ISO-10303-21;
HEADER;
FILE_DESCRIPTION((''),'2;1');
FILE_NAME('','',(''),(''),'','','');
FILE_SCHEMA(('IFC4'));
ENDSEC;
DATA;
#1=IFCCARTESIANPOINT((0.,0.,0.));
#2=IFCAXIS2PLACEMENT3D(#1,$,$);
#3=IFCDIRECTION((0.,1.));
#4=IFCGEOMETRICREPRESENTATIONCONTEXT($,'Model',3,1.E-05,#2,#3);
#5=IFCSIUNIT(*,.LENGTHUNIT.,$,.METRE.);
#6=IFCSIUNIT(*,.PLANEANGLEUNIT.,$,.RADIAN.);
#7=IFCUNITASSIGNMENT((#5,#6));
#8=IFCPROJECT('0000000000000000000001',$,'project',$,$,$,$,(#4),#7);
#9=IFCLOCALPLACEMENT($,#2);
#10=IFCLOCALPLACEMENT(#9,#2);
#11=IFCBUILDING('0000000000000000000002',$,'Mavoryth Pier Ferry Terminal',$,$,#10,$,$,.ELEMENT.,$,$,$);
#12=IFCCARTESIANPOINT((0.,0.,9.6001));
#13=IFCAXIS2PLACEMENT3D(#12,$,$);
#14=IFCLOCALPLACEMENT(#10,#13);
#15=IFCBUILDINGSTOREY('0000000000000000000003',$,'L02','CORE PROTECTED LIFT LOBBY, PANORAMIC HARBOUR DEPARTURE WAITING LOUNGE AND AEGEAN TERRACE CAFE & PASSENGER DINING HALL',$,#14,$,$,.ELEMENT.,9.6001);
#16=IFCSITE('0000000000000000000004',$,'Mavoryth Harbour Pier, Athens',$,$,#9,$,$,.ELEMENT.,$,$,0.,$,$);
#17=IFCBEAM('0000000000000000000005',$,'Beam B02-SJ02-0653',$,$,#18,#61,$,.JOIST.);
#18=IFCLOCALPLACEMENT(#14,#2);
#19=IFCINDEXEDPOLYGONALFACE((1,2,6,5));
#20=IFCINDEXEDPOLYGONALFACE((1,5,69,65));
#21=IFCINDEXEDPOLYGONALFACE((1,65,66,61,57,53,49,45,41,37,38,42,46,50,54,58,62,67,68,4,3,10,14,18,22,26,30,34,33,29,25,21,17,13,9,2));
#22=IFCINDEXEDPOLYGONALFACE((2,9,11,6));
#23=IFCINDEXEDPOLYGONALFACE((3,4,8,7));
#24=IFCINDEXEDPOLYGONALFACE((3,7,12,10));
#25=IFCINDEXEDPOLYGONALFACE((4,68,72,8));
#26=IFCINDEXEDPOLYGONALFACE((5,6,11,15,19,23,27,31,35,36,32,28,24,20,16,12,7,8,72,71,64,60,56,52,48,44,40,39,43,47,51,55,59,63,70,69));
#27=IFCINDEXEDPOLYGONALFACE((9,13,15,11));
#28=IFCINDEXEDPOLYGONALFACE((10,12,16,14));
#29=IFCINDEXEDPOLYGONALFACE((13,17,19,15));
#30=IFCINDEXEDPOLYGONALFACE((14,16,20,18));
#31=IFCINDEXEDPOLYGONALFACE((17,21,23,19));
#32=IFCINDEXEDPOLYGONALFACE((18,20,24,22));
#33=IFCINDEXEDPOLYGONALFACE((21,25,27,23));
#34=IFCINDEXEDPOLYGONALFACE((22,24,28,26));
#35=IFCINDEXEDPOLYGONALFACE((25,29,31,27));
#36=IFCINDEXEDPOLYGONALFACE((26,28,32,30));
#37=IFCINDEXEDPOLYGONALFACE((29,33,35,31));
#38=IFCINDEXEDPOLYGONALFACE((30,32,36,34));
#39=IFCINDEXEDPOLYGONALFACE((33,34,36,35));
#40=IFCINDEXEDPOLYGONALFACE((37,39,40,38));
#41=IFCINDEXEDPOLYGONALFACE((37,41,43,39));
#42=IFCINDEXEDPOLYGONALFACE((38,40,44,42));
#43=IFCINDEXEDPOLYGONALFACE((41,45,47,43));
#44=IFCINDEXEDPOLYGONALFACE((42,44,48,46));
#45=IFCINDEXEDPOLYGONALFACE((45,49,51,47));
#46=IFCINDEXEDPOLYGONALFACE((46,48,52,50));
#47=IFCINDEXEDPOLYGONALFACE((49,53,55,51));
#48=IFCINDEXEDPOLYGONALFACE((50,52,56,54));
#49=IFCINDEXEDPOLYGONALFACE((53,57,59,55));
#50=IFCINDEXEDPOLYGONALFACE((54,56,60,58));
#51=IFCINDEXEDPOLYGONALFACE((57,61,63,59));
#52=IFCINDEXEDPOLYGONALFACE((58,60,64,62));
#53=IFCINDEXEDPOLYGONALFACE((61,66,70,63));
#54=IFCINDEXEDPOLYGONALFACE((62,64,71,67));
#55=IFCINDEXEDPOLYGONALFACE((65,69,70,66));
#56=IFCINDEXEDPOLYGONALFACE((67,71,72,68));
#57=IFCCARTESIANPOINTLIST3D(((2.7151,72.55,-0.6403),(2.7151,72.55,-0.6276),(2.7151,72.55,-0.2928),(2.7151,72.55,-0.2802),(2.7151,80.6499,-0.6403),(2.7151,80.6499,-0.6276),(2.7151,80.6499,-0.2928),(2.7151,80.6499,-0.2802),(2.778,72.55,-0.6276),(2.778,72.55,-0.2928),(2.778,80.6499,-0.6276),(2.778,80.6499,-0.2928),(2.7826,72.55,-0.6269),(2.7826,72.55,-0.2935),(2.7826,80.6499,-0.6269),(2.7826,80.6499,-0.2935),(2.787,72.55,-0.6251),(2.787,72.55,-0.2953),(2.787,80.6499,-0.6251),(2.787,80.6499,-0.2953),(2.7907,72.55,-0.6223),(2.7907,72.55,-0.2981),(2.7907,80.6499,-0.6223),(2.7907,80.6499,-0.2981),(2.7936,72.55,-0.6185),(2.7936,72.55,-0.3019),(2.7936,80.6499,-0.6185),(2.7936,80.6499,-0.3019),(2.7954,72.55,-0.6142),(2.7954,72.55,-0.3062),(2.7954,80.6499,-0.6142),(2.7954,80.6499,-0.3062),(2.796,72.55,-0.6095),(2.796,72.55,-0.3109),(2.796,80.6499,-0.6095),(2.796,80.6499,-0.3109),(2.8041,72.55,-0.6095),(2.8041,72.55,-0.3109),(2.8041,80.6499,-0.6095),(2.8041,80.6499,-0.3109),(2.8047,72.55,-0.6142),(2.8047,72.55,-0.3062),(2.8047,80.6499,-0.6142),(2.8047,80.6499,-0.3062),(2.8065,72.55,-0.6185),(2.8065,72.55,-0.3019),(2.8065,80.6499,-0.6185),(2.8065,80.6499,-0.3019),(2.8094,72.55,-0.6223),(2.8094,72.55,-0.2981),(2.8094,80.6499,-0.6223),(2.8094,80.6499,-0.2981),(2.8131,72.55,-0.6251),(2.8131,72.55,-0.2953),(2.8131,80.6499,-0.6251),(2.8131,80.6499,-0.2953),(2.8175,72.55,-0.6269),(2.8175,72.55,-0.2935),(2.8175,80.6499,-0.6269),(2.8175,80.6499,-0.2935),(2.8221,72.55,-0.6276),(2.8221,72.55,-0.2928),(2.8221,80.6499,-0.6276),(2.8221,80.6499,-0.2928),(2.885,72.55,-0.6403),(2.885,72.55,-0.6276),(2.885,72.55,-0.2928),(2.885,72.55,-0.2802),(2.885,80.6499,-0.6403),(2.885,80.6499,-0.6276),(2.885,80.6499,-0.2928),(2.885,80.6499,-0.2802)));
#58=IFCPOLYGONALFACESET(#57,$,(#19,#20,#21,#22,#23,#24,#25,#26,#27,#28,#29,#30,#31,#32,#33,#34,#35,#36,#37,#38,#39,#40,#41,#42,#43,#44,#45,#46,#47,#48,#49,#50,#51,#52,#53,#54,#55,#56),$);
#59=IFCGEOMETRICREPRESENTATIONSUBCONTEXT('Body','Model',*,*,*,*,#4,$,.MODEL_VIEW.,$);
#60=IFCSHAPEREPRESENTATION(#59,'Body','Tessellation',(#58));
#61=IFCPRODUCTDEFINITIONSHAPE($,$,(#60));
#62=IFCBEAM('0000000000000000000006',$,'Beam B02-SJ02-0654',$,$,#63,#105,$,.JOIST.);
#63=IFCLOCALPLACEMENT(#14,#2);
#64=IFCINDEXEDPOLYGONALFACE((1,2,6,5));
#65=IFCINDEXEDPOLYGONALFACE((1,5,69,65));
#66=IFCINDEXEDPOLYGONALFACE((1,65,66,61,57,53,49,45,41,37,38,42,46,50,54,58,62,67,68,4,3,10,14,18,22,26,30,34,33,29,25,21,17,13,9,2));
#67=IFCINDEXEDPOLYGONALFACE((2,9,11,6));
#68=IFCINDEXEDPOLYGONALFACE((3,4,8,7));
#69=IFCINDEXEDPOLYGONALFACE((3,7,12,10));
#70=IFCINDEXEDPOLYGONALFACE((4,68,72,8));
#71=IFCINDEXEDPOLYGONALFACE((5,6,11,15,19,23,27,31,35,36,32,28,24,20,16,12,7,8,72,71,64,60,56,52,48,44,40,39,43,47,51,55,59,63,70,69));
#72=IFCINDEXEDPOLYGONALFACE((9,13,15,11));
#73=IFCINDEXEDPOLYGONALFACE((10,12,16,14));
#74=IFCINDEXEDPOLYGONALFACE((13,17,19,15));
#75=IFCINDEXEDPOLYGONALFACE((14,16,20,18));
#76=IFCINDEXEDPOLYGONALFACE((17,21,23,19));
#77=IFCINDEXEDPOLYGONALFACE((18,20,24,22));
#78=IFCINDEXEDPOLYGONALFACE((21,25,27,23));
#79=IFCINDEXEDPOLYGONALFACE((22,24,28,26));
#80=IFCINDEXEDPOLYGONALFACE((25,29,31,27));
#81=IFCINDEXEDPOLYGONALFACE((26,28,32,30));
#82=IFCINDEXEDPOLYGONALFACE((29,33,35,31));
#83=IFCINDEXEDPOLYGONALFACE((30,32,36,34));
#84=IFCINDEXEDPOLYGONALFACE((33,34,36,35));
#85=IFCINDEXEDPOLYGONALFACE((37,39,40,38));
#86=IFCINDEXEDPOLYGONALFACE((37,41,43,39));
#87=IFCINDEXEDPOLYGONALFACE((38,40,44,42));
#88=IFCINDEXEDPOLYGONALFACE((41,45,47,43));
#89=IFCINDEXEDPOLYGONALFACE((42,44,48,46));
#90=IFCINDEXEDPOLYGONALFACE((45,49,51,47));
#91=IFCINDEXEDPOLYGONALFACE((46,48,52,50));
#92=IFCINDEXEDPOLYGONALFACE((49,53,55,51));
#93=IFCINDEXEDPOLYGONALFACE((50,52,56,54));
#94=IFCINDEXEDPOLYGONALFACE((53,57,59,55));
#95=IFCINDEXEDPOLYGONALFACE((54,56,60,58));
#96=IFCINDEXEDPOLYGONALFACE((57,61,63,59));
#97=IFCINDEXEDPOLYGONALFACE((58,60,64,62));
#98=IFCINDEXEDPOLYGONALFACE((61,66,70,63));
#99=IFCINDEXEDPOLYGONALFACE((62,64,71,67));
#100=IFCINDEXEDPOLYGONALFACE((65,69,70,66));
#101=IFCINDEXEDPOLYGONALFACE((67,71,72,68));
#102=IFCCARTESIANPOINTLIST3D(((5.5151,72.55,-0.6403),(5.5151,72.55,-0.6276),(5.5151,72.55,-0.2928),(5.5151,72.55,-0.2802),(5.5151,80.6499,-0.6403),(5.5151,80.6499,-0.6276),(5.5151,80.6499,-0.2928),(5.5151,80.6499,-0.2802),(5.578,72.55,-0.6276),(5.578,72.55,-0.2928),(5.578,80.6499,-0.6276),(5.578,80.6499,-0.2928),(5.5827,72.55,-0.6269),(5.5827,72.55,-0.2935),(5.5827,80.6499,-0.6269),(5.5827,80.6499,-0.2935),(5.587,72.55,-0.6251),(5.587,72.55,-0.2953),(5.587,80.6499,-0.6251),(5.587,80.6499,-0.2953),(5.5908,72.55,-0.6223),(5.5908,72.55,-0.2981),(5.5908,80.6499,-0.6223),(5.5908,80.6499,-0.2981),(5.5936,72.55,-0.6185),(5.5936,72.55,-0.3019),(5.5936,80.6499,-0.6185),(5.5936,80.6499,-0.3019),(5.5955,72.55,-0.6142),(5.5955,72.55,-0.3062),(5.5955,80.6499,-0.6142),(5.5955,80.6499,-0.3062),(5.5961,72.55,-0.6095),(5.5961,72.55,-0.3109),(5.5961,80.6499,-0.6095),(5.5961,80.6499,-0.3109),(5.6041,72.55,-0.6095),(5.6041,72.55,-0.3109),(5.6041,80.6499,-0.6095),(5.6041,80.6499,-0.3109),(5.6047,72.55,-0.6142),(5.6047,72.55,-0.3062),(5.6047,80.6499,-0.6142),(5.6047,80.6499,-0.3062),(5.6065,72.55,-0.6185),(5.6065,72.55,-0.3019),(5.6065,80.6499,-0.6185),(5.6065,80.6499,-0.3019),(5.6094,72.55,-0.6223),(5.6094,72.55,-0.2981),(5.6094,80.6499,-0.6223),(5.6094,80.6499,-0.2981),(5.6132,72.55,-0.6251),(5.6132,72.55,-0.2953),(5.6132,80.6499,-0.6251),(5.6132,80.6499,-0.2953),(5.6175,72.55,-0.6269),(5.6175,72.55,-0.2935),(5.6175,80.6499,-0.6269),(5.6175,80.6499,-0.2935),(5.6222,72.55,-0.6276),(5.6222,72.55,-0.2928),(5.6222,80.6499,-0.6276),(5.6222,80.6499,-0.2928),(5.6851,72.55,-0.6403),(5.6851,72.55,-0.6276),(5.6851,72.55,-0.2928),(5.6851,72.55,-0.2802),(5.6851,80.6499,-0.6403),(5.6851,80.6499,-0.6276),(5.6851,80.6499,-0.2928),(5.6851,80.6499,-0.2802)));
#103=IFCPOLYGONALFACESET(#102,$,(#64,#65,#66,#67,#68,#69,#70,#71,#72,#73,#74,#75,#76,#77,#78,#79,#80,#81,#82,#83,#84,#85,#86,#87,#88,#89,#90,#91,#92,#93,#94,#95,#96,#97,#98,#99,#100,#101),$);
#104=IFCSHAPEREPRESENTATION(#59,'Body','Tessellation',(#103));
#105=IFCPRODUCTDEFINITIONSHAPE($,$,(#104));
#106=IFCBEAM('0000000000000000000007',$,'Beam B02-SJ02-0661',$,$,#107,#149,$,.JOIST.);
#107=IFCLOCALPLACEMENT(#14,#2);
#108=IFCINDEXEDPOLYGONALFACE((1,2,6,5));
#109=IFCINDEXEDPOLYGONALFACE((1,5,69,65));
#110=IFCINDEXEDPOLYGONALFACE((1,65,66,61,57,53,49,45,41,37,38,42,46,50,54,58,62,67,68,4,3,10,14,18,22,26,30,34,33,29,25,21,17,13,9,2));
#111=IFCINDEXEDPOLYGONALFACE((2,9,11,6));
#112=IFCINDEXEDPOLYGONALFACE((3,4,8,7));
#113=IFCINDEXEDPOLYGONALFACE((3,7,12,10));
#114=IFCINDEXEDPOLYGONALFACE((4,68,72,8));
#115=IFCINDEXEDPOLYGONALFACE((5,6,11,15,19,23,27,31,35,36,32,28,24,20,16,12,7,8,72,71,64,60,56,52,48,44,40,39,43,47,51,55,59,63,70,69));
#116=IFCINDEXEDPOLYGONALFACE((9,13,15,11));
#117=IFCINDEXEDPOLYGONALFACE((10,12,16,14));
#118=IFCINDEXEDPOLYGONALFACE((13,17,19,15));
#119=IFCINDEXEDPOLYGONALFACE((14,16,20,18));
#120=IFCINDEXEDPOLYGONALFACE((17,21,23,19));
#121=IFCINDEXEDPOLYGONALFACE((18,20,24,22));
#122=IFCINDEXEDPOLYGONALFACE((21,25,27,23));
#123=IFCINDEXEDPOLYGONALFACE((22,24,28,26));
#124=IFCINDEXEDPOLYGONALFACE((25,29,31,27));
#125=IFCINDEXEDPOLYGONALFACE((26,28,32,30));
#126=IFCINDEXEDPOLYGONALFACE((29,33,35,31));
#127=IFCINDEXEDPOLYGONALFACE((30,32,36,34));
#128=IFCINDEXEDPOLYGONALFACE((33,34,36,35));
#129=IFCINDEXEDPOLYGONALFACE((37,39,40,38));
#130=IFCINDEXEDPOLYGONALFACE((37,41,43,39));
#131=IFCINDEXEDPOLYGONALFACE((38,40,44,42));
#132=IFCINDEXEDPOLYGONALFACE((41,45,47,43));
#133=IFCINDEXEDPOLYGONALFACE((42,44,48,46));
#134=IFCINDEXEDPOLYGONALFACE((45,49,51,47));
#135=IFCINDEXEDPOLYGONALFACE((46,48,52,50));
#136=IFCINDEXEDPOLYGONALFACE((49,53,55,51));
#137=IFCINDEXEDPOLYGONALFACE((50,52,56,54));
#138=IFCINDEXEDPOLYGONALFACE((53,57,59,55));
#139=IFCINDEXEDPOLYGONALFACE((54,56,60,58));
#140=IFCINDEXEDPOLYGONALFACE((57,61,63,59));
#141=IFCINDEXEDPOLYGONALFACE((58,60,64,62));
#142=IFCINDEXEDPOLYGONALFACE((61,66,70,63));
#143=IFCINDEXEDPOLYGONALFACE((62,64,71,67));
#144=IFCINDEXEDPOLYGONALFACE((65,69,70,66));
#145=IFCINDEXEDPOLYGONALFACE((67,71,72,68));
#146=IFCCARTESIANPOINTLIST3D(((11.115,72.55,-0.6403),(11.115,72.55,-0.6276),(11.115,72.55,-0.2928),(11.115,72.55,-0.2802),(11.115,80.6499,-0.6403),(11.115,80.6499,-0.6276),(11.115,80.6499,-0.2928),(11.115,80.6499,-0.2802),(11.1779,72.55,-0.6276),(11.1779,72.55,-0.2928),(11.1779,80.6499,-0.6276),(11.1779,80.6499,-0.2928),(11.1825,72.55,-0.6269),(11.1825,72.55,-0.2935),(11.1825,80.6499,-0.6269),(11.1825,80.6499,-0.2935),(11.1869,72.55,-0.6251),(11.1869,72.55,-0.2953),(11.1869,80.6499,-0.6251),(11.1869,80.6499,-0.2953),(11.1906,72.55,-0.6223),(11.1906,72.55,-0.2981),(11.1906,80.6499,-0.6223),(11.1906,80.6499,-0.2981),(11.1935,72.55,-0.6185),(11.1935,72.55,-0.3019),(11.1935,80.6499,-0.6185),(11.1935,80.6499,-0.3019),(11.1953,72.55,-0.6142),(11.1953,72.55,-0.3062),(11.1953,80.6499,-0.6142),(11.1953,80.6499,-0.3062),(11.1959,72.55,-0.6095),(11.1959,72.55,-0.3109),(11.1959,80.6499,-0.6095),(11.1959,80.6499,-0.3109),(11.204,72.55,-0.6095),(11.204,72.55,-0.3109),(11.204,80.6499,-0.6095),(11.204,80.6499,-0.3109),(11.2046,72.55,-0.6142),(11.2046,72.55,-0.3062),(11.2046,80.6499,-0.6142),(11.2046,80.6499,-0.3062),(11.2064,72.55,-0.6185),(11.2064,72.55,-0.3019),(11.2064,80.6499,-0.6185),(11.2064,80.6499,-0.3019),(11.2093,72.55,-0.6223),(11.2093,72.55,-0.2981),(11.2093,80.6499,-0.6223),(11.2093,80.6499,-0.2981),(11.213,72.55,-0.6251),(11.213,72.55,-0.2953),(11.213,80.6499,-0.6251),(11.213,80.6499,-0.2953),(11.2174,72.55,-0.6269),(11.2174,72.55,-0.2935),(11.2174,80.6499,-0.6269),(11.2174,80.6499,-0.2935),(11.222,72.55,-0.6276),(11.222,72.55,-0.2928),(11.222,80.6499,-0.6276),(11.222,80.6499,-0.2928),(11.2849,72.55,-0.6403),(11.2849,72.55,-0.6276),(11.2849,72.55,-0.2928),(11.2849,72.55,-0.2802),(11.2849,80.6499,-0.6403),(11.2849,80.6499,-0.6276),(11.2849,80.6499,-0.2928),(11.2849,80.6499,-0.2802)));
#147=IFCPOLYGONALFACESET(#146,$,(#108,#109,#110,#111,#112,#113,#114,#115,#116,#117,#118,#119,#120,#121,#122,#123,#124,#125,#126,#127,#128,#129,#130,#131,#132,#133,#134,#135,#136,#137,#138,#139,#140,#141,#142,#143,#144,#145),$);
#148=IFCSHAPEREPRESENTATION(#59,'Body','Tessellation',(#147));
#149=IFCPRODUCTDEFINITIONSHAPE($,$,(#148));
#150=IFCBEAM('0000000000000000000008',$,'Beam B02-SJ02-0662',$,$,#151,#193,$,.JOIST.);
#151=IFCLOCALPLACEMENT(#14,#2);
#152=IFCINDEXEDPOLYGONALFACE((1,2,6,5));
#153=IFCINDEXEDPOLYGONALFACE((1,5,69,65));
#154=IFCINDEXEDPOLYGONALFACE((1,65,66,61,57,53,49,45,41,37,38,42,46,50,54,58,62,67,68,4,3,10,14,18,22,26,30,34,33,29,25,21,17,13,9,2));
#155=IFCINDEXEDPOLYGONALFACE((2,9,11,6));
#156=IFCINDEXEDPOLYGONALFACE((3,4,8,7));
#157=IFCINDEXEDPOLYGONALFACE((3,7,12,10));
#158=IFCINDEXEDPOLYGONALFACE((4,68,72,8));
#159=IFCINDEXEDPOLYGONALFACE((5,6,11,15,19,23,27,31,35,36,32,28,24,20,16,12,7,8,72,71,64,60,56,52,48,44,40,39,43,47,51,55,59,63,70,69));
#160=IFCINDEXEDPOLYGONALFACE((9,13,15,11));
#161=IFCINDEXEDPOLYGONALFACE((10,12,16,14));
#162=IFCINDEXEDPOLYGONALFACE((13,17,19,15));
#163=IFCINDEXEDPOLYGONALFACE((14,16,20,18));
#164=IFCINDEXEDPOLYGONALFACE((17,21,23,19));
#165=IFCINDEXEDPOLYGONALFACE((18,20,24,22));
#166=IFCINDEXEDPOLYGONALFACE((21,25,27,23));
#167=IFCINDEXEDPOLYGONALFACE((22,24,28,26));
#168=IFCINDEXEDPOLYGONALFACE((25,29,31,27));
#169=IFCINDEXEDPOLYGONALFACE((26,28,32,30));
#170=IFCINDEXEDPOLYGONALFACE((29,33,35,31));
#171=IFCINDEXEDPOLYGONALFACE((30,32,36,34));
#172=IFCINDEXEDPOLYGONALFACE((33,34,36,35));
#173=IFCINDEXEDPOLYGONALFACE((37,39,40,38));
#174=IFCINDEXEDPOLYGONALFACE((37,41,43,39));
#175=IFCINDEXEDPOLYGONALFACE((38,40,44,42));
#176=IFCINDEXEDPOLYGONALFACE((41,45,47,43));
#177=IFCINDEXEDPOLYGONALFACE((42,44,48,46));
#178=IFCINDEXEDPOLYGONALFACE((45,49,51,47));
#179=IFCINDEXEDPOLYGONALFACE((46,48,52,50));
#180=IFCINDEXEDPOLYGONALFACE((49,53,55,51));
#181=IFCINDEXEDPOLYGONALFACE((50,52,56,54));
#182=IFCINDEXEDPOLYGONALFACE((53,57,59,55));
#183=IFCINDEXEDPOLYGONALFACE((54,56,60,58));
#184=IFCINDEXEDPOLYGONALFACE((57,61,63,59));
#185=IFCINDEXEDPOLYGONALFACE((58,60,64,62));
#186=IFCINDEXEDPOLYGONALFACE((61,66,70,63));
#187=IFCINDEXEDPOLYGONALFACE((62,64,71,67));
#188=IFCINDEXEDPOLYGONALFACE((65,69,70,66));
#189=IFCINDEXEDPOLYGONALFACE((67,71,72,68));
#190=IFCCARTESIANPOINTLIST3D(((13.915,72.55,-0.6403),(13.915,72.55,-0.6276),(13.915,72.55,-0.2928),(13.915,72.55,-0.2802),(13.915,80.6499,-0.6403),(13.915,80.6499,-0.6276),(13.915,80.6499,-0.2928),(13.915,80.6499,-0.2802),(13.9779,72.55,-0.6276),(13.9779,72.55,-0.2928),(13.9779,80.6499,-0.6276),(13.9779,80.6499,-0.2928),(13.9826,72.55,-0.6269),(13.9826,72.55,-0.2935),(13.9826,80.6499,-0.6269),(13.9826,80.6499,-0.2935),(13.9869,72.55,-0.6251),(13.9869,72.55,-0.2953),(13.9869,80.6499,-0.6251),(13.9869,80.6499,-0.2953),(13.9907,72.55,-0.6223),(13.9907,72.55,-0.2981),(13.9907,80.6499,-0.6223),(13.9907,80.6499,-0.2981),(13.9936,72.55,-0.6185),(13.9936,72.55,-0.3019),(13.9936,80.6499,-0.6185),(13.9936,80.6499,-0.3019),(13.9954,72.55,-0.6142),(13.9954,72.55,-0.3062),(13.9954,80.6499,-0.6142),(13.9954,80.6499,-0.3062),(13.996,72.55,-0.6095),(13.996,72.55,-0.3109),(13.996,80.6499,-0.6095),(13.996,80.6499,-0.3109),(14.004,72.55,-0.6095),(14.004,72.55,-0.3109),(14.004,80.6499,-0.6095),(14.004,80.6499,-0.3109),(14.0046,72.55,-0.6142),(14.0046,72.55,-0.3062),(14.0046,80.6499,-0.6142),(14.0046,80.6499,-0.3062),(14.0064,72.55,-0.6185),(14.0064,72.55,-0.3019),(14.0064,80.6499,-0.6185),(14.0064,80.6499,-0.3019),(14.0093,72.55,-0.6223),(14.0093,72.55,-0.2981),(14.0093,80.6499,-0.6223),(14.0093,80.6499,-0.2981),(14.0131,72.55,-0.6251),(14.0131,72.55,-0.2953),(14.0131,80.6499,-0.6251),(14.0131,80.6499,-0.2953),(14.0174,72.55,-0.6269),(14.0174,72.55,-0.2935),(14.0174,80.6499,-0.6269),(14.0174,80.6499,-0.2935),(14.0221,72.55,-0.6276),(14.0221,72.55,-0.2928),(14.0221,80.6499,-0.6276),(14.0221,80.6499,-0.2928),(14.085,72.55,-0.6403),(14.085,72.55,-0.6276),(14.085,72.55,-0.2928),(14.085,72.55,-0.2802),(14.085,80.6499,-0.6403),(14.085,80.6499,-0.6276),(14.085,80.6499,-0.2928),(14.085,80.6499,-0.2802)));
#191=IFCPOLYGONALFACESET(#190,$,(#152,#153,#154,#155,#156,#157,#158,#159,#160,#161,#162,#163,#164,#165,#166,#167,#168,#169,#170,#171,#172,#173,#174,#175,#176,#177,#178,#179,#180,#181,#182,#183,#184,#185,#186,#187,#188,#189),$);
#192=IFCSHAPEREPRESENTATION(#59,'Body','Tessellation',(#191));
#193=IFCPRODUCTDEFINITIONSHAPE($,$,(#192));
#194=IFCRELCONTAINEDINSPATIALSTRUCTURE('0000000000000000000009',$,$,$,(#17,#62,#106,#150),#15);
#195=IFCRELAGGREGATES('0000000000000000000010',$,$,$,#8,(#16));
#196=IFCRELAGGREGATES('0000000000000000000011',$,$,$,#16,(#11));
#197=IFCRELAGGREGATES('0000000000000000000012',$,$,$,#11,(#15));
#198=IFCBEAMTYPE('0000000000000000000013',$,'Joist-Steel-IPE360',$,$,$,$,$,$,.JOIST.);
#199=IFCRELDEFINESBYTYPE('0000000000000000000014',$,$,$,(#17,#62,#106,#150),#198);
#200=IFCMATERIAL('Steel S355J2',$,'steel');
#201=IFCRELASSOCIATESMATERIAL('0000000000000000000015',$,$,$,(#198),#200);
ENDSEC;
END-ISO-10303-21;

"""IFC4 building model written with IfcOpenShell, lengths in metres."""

from ifc_helpers import new_model, si_unit, direction, frame, origin, origin_2d, place, context, subcontext, project, spatial, i_section, extrude, material, material_profile, profile_set, type_object, element, save


model = new_model("IFC4")

# Units and contexts
model_context = context("Model", 3, precision=1e-05, world=origin(), true_north=direction((0.0, 1.0)))
body_context = subcontext(model_context, "Body", "Model", "MODEL_VIEW")
ifc_project = project(units=[si_unit("LENGTHUNIT", "METRE"), si_unit("PLANEANGLEUNIT", "RADIAN")], contexts=[model_context])

# Site, building, storey
site_placement = place(None, origin())
site = spatial("IfcSite", under=ifc_project, at=site_placement, Name="Mavoryth Harbour Pier, Athens", CompositionType="ELEMENT", RefElevation=0.0)
building_placement = place(site_placement, origin())
building = spatial("IfcBuilding", under=site, at=building_placement, Name="Mavoryth Pier Ferry Terminal", CompositionType="ELEMENT")
storey_placement = place(building_placement, frame((0.0, 0.0, 9.6001)))
storey = spatial("IfcBuildingStorey", under=building, at=storey_placement, Name="L02", Description="CORE PROTECTED LIFT LOBBY, PANORAMIC HARBOUR DEPARTURE WAITING LOUNGE AND AEGEAN TERRACE CAFE & PASSENGER DINING HALL", CompositionType="ELEMENT", Elevation=9.6001)

# Shared definitions
ifc_material_1 = material(Name="Steel S355J2", Category="steel")

# Beams
ifc_material_profile_1 = material_profile(ifc_material_1, i_section(OverallWidth=0.1699, OverallDepth=0.3601, WebThickness=0.0081, FlangeThickness=0.0127, FilletRadius=0.0181, at=origin_2d()), Name="IPE 360", Category="steel")
ifc_profile_set_1 = profile_set([ifc_material_profile_1], Name="Steel S355J2 - IPE 360")
beam_type_1 = type_object("IfcBeamType", Name="Joist-Steel-IPE360", PredefinedType="JOIST", material=ifc_profile_set_1)
for number, where, z_axis, x_axis, name in (
    (1, (2.8, 72.55, -0.4602), (0.0, 1.0, 0.0), (-1.0, 0.0, 0.0), "Beam B02-SJ02-0653"),
    (2, (5.6001, 72.55, -0.4602), (0.0, 1.0, 0.0), (-1.0, 0.0, 0.0), "Beam B02-SJ02-0654"),
    (3, (11.2, 72.55, -0.4602), (0.0, 1.0, 0.0), (-1.0, 0.0, 0.0), "Beam B02-SJ02-0661"),
    (4, (14.0, 72.55, -0.4602), (0.0, 1.0, 0.0), (-1.0, 0.0, 0.0), "Beam B02-SJ02-0662"),
):
    element("IfcBeam", number, at=place(storey_placement, frame(where, z_axis=z_axis, x_axis=x_axis)), inside=storey, type_object=beam_type_1, Name=name, PredefinedType="JOIST", context=body_context, shape_type="SweptSolid", body=[
        extrude(i_section(OverallWidth=0.1699, OverallDepth=0.3601, WebThickness=0.0081, FlangeThickness=0.0127, FilletRadius=0.0181, at=origin_2d()), origin(), (0.0, 0.0, 1.0), 8.0999),
    ])

save(model, "model.ifc")
